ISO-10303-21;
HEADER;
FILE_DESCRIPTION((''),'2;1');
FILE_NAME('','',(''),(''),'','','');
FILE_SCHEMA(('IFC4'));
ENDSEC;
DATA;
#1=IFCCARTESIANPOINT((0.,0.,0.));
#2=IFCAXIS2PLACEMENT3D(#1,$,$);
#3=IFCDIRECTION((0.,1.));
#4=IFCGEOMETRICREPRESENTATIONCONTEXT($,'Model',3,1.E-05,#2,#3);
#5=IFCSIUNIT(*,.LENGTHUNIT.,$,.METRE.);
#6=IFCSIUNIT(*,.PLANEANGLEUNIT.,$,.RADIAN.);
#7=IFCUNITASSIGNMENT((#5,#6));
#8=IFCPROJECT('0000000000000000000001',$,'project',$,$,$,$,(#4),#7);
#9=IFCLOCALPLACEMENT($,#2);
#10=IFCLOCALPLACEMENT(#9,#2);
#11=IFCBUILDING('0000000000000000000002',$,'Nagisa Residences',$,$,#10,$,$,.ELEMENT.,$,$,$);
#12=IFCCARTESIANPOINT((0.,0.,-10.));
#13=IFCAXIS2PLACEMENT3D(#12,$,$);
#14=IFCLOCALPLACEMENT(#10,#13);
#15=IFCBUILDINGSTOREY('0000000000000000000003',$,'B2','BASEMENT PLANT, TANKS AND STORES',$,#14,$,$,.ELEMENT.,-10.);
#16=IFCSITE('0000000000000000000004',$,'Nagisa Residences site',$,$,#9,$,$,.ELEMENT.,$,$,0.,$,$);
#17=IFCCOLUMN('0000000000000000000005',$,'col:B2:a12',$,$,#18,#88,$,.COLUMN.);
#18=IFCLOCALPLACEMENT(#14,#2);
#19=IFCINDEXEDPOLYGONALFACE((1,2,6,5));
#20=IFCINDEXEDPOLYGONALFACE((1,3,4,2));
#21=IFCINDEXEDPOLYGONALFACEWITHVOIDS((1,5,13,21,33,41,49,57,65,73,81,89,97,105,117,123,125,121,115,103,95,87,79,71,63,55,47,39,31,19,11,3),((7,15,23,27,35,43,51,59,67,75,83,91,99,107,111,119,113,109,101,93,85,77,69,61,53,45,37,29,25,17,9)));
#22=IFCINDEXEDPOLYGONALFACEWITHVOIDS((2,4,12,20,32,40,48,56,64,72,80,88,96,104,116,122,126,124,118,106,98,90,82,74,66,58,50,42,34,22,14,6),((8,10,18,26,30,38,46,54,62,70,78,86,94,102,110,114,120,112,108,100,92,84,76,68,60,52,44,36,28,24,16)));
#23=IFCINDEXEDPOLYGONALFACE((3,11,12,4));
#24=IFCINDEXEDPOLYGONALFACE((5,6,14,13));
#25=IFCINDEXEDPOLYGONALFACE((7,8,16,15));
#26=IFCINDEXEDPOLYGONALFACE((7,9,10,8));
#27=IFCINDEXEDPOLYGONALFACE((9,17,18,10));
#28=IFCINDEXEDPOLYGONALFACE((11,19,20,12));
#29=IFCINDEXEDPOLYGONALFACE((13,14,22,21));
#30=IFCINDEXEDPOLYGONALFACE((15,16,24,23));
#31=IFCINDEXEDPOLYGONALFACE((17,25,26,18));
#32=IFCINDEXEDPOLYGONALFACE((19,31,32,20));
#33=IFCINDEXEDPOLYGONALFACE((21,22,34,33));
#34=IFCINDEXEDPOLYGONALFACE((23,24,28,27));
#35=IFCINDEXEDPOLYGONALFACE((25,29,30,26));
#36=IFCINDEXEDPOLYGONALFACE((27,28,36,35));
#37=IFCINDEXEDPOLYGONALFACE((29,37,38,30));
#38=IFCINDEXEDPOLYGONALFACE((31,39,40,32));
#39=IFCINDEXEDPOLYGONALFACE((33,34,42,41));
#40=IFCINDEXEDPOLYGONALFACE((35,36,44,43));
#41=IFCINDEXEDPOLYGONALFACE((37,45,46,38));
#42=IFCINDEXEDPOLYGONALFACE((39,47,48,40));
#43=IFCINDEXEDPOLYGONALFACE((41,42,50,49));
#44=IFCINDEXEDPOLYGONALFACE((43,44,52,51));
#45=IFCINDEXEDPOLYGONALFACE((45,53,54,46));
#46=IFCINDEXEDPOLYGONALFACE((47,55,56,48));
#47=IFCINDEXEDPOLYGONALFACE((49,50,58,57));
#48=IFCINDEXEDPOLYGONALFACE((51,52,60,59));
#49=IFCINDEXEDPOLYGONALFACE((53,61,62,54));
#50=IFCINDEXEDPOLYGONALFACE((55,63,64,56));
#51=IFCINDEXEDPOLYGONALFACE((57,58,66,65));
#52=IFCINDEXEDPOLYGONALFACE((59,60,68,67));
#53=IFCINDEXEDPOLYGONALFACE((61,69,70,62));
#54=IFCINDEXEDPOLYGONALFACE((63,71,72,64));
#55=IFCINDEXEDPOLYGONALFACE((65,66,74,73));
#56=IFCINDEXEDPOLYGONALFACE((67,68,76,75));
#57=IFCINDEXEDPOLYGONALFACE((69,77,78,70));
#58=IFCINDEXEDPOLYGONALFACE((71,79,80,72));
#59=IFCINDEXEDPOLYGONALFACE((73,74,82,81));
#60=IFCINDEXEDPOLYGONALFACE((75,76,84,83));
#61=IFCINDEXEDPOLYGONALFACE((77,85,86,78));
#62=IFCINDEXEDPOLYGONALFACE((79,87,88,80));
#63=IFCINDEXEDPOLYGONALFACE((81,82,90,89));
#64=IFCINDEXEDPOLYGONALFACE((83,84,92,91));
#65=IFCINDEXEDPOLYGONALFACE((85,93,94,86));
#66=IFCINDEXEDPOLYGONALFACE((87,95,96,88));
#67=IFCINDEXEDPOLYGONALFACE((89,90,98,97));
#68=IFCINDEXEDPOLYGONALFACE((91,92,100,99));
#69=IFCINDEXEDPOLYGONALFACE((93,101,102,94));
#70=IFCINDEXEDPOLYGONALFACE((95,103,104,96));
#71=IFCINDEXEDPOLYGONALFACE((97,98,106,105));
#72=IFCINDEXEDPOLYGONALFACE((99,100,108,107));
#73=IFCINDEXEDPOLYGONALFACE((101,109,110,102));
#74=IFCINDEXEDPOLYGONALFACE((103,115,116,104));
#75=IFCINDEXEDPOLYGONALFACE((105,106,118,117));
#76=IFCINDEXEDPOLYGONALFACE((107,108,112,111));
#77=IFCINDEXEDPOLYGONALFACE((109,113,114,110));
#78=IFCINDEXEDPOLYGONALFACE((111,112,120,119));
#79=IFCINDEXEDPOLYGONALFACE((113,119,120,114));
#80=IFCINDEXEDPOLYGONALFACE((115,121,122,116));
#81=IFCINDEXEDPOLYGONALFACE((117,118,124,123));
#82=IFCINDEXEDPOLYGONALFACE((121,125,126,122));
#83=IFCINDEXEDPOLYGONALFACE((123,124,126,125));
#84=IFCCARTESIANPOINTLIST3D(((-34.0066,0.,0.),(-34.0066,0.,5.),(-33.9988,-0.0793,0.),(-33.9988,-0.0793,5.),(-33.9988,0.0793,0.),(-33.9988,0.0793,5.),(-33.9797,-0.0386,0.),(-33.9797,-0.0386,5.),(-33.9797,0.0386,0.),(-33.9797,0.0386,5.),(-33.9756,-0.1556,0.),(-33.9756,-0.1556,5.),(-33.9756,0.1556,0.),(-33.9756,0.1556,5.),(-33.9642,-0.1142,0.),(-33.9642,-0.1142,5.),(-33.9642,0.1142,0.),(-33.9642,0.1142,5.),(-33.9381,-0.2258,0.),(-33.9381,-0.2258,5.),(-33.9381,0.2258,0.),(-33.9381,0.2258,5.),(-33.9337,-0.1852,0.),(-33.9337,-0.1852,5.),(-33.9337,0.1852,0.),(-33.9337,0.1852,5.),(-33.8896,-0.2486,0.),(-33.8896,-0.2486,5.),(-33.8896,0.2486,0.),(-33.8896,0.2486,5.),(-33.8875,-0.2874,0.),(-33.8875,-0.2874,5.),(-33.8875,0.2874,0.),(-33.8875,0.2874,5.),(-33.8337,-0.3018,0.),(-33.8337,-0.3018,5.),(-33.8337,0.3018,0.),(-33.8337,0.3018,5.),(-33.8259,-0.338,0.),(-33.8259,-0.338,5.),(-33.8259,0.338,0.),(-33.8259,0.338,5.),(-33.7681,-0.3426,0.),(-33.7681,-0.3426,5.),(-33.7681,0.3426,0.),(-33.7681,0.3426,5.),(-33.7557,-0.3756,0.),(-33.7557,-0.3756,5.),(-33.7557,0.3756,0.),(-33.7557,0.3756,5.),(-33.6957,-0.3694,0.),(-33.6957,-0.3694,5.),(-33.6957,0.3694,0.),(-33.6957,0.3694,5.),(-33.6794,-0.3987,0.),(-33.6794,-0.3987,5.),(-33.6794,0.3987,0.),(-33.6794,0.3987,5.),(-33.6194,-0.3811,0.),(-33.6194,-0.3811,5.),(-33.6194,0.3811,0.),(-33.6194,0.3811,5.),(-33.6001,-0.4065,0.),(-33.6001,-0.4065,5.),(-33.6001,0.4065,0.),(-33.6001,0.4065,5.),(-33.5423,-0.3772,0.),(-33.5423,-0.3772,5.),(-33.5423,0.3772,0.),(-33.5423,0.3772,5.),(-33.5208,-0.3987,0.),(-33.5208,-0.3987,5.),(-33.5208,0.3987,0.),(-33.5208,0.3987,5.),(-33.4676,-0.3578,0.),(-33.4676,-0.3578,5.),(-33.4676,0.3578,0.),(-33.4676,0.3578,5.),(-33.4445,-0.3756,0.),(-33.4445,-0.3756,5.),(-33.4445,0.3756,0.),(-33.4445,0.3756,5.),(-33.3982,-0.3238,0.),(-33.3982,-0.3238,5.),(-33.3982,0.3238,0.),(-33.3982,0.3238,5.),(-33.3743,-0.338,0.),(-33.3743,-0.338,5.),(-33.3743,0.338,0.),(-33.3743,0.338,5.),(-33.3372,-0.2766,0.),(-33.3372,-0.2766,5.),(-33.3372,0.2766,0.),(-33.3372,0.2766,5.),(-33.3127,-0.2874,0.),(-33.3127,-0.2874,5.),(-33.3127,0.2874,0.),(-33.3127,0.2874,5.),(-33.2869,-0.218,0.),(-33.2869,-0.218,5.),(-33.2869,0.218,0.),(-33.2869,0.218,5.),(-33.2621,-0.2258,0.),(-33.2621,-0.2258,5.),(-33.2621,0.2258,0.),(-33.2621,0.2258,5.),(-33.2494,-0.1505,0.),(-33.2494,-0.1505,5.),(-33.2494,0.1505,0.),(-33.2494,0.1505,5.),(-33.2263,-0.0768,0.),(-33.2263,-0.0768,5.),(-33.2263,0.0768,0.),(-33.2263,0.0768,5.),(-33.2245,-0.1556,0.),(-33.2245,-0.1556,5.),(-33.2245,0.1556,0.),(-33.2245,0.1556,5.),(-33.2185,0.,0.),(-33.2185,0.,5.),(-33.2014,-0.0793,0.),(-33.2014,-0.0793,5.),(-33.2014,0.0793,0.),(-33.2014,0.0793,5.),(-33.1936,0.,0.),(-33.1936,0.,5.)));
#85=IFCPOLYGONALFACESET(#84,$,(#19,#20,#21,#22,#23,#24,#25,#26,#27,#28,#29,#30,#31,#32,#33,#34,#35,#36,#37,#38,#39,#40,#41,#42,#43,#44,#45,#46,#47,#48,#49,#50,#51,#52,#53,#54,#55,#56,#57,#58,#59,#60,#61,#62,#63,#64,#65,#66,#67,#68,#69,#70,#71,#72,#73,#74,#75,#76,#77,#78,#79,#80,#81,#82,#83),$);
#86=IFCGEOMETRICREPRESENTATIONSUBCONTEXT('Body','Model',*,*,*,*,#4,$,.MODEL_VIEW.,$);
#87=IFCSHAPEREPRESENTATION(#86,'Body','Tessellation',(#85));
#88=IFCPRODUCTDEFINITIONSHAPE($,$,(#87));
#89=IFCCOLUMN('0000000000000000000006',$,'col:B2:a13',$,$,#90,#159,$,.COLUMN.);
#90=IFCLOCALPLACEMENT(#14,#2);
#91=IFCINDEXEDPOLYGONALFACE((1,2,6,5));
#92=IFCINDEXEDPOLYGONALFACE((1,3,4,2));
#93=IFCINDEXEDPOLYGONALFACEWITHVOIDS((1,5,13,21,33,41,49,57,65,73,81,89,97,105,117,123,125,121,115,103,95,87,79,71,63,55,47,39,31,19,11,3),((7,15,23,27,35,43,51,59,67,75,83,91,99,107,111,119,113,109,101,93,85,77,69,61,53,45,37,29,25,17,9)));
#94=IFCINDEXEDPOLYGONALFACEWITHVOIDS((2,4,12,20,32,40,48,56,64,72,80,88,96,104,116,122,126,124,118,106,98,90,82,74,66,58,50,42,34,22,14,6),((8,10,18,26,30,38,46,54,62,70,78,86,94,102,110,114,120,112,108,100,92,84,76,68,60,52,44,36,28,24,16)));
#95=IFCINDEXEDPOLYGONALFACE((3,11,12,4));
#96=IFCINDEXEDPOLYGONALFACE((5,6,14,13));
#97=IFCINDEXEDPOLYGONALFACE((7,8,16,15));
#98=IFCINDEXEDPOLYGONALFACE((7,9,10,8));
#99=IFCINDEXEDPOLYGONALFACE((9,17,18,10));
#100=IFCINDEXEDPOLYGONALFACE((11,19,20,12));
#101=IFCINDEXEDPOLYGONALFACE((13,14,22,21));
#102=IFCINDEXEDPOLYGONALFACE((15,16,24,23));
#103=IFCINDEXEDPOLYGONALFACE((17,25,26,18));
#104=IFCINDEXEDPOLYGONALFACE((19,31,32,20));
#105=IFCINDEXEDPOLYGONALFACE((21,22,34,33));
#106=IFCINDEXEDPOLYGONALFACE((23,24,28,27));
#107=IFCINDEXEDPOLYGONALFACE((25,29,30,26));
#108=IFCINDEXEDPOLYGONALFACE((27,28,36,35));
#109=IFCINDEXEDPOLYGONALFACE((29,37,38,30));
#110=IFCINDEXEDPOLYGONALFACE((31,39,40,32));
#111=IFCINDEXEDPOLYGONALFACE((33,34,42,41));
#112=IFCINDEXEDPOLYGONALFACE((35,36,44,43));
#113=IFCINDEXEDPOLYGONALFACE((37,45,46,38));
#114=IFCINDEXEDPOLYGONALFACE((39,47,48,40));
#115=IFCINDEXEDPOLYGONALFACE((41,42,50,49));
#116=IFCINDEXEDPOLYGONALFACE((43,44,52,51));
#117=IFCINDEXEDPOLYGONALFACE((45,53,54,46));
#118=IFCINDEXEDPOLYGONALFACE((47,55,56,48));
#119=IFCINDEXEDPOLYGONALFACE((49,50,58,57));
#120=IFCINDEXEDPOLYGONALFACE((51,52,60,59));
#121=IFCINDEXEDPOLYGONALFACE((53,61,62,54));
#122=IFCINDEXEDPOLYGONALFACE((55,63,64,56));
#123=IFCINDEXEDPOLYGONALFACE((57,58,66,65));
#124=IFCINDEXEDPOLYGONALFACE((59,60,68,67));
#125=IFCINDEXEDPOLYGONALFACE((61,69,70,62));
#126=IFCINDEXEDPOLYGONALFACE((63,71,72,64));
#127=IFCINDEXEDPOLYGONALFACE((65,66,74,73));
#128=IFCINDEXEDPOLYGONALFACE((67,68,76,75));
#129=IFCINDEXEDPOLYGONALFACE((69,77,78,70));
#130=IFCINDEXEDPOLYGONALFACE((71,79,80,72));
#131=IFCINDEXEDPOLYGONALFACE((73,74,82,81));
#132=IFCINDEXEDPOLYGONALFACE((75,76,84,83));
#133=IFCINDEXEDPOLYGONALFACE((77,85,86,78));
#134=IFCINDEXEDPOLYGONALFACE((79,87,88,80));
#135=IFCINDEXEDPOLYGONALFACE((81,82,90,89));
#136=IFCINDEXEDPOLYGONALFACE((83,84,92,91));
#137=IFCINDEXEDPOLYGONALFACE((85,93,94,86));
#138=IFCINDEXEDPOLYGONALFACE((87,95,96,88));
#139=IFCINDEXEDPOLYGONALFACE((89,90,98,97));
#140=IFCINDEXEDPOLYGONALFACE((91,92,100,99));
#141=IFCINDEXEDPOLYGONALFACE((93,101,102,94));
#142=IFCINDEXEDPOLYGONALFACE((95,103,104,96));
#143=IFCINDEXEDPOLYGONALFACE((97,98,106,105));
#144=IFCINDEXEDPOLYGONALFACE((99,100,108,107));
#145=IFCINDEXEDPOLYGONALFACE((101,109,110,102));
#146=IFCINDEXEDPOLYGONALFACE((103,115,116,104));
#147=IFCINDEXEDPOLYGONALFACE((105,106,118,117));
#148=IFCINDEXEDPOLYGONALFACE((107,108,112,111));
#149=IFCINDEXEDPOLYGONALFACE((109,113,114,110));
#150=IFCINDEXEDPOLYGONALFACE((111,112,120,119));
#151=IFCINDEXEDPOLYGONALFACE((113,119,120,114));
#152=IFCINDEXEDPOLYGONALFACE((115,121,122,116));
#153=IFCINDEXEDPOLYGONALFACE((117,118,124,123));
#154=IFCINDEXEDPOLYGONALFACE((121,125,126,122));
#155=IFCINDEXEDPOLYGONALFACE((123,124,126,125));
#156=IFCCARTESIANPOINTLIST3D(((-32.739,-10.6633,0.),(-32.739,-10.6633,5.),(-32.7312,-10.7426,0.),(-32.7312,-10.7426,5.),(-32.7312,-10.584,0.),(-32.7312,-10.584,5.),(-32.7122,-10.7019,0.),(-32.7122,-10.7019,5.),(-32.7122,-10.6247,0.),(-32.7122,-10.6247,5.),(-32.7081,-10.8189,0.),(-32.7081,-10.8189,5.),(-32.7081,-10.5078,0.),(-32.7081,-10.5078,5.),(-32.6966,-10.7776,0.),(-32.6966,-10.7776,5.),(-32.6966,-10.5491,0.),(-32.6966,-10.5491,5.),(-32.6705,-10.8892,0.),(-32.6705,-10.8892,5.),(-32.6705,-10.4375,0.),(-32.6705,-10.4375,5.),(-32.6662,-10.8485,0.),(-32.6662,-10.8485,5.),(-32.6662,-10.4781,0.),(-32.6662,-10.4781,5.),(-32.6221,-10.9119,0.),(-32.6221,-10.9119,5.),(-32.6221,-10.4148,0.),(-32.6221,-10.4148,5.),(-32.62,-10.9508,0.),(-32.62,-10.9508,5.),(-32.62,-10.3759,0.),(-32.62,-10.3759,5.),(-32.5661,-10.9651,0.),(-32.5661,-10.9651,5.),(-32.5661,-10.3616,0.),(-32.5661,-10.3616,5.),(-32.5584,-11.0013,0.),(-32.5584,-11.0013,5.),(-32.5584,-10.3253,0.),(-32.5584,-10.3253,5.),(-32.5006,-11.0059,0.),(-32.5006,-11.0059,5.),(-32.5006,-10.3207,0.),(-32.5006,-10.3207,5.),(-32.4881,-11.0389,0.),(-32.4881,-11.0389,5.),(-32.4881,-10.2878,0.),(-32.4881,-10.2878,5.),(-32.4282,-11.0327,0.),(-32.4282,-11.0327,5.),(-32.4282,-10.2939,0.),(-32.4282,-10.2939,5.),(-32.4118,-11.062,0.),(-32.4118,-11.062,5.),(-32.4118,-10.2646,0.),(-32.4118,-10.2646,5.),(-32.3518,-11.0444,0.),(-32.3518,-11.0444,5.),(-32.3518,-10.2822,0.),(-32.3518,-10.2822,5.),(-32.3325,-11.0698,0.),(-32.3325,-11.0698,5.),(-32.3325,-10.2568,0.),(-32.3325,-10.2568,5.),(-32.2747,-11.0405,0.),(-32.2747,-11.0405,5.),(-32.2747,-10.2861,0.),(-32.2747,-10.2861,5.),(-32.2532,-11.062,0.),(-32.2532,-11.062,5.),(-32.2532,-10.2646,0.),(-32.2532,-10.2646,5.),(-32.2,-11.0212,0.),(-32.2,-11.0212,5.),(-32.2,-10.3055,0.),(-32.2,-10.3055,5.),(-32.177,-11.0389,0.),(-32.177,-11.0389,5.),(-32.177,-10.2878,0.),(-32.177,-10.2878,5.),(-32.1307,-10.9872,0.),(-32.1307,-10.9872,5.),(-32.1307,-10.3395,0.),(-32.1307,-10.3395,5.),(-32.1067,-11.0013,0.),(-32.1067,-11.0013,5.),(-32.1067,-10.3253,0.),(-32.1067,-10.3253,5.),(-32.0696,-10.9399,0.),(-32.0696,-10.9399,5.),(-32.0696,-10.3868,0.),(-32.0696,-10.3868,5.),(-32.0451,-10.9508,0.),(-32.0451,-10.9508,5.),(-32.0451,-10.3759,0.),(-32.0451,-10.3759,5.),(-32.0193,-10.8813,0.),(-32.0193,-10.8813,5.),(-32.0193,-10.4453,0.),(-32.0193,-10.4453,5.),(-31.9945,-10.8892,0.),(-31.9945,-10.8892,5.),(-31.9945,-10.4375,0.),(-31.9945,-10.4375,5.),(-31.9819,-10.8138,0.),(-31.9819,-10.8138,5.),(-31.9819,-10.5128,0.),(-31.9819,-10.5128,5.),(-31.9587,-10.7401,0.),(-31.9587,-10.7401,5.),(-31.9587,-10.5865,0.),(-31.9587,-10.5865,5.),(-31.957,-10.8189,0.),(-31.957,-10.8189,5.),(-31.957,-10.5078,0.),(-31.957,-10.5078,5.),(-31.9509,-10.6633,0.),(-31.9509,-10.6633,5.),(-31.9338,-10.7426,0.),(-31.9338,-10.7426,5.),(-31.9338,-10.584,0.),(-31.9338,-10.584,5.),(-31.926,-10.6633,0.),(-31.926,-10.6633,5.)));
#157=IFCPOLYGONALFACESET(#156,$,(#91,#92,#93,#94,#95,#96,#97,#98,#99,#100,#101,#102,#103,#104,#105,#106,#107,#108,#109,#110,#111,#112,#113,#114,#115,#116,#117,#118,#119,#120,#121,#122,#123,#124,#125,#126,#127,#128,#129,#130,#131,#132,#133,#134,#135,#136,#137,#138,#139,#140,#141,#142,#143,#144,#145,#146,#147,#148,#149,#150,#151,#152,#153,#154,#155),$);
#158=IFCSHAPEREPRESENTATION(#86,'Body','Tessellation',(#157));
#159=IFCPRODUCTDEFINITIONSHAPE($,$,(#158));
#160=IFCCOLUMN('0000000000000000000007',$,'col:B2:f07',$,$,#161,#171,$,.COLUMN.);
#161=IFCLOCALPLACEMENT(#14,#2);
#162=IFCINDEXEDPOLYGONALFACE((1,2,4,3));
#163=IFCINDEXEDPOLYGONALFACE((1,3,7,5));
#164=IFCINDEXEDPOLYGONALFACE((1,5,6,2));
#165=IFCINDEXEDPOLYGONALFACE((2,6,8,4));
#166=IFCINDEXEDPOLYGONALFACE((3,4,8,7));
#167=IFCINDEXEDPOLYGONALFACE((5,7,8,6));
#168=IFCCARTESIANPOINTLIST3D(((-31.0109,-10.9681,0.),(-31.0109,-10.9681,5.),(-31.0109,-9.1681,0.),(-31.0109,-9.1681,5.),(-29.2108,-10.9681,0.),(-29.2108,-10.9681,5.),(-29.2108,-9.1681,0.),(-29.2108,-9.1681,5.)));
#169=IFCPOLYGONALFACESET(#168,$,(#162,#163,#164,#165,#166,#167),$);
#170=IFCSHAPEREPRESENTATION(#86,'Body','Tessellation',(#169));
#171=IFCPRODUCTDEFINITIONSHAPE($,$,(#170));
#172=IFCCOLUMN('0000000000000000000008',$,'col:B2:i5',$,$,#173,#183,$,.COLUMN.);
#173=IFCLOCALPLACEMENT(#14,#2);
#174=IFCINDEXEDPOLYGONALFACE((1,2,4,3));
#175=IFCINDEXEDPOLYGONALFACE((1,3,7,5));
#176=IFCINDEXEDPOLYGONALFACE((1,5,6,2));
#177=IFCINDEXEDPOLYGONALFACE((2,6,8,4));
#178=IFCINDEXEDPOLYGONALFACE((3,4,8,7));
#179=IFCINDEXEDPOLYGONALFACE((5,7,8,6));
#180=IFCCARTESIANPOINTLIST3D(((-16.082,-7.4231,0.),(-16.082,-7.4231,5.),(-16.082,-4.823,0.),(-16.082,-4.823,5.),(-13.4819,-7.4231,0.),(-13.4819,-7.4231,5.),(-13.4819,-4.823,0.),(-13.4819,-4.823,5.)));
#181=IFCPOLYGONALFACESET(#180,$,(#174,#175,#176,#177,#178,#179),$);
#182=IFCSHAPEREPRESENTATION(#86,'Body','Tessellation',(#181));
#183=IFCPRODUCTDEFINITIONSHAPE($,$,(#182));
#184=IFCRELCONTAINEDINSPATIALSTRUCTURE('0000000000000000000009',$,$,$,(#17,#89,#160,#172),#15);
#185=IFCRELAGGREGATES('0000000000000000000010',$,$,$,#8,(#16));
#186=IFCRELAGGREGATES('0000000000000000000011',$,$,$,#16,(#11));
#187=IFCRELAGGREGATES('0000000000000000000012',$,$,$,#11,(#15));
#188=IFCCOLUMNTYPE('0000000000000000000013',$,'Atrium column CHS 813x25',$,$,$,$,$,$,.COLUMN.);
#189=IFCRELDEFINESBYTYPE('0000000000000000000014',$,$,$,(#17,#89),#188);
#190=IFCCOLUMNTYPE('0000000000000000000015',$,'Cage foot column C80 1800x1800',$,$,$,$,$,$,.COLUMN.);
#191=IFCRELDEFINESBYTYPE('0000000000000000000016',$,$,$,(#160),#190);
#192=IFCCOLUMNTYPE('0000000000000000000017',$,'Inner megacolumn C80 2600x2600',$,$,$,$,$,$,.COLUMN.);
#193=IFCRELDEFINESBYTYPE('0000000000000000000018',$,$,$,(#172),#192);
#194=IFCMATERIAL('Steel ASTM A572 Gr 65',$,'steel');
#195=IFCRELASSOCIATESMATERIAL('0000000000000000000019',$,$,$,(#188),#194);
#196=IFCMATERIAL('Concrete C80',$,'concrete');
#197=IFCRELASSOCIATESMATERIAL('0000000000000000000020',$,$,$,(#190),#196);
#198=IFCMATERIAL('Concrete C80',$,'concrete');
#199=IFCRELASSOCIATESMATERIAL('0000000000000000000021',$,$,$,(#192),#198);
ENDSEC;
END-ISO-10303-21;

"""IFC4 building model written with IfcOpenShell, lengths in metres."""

from ifc_helpers import new_model, si_unit, direction, frame, origin, origin_2d, place, context, subcontext, project, spatial, rectangle, hollow_circle, extrude, material, material_profile, profile_set, type_object, element, save


model = new_model("IFC4")

# Units and contexts
model_context = context("Model", 3, precision=1e-05, world=origin(), true_north=direction((0.0, 1.0)))
body_context = subcontext(model_context, "Body", "Model", "MODEL_VIEW")
ifc_project = project(units=[si_unit("LENGTHUNIT", "METRE"), si_unit("PLANEANGLEUNIT", "RADIAN")], contexts=[model_context])

# Site, building, storey
site_placement = place(None, origin())
site = spatial("IfcSite", under=ifc_project, at=site_placement, Name="Nagisa Residences site", CompositionType="ELEMENT", RefElevation=0.0)
building_placement = place(site_placement, origin())
building = spatial("IfcBuilding", under=site, at=building_placement, Name="Nagisa Residences", CompositionType="ELEMENT")
storey_placement = place(building_placement, frame((0.0, 0.0, -10.0)))
storey = spatial("IfcBuildingStorey", under=building, at=storey_placement, Name="B2", Description="BASEMENT PLANT, TANKS AND STORES", CompositionType="ELEMENT", Elevation=-10.0)

# Columns
ifc_material_1 = material(Name="Steel ASTM A572 Gr 65", Category="steel")
ifc_material_profile_1 = material_profile(ifc_material_1, hollow_circle(Radius=0.4065, WallThickness=0.0249, at=origin_2d()), Name="CHS 813x25")
ifc_profile_set_1 = profile_set([ifc_material_profile_1], Name="Steel ASTM A572 Gr 65")
column_type_1 = type_object("IfcColumnType", Name="Atrium column CHS 813x25", PredefinedType="COLUMN", material=ifc_profile_set_1)
for number, where, z_axis, x_axis, name in (
    (1, (-33.6001, 0.0, 0.0), (0.0, 0.0, 1.0), (1.0, 0.0, 0.0), "col:B2:a12"),
    (2, (-32.3325, -10.6633, 0.0), (0.0, 0.0, 1.0), (1.0, 0.0, 0.0), "col:B2:a13"),
):
    element("IfcColumn", number, at=place(storey_placement, frame(where, z_axis=z_axis, x_axis=x_axis)), inside=storey, type_object=column_type_1, Name=name, PredefinedType="COLUMN", context=body_context, shape_type="SweptSolid", body=[
        extrude(hollow_circle(Radius=0.4065, WallThickness=0.0249, at=origin_2d()), origin(), (0.0, 0.0, 1.0), 5.0),
    ])
ifc_material_2 = material(Name="Concrete C80", Category="concrete")
ifc_material_profile_2 = material_profile(ifc_material_2, rectangle(XDim=1.8, YDim=1.8, at=origin_2d()), Name="C80 1800x1800")
ifc_profile_set_2 = profile_set([ifc_material_profile_2], Name="Concrete C80")
column_type_2 = type_object("IfcColumnType", Name="Cage foot column C80 1800x1800", PredefinedType="COLUMN", material=ifc_profile_set_2)
column_1_placement = place(storey_placement, frame((-30.1108, -10.0681, 0.0), z_axis=(0.0, 0.0, 1.0), x_axis=(1.0, 0.0, 0.0)))
element("IfcColumn", 3, at=column_1_placement, inside=storey, type_object=column_type_2, Name="col:B2:f07", PredefinedType="COLUMN", context=body_context, shape_type="SweptSolid", body=[
    extrude(rectangle(XDim=1.8, YDim=1.8, at=origin_2d()), origin(), (0.0, 0.0, 1.0), 5.0),
])
ifc_material_3 = material(Name="Concrete C80", Category="concrete")
ifc_material_profile_3 = material_profile(ifc_material_3, rectangle(XDim=2.6001, YDim=2.6001, at=origin_2d()), Name="C80 2600x2600")
ifc_profile_set_3 = profile_set([ifc_material_profile_3], Name="Concrete C80")
column_type_3 = type_object("IfcColumnType", Name="Inner megacolumn C80 2600x2600", PredefinedType="COLUMN", material=ifc_profile_set_3)
column_2_placement = place(storey_placement, frame((-14.782, -6.123, 0.0), z_axis=(0.0, 0.0, 1.0), x_axis=(1.0, 0.0, 0.0)))
element("IfcColumn", 4, at=column_2_placement, inside=storey, type_object=column_type_3, Name="col:B2:i5", PredefinedType="COLUMN", context=body_context, shape_type="SweptSolid", body=[
    extrude(rectangle(XDim=2.6001, YDim=2.6001, at=origin_2d()), origin(), (0.0, 0.0, 1.0), 5.0),
])

save(model, "model.ifc")
